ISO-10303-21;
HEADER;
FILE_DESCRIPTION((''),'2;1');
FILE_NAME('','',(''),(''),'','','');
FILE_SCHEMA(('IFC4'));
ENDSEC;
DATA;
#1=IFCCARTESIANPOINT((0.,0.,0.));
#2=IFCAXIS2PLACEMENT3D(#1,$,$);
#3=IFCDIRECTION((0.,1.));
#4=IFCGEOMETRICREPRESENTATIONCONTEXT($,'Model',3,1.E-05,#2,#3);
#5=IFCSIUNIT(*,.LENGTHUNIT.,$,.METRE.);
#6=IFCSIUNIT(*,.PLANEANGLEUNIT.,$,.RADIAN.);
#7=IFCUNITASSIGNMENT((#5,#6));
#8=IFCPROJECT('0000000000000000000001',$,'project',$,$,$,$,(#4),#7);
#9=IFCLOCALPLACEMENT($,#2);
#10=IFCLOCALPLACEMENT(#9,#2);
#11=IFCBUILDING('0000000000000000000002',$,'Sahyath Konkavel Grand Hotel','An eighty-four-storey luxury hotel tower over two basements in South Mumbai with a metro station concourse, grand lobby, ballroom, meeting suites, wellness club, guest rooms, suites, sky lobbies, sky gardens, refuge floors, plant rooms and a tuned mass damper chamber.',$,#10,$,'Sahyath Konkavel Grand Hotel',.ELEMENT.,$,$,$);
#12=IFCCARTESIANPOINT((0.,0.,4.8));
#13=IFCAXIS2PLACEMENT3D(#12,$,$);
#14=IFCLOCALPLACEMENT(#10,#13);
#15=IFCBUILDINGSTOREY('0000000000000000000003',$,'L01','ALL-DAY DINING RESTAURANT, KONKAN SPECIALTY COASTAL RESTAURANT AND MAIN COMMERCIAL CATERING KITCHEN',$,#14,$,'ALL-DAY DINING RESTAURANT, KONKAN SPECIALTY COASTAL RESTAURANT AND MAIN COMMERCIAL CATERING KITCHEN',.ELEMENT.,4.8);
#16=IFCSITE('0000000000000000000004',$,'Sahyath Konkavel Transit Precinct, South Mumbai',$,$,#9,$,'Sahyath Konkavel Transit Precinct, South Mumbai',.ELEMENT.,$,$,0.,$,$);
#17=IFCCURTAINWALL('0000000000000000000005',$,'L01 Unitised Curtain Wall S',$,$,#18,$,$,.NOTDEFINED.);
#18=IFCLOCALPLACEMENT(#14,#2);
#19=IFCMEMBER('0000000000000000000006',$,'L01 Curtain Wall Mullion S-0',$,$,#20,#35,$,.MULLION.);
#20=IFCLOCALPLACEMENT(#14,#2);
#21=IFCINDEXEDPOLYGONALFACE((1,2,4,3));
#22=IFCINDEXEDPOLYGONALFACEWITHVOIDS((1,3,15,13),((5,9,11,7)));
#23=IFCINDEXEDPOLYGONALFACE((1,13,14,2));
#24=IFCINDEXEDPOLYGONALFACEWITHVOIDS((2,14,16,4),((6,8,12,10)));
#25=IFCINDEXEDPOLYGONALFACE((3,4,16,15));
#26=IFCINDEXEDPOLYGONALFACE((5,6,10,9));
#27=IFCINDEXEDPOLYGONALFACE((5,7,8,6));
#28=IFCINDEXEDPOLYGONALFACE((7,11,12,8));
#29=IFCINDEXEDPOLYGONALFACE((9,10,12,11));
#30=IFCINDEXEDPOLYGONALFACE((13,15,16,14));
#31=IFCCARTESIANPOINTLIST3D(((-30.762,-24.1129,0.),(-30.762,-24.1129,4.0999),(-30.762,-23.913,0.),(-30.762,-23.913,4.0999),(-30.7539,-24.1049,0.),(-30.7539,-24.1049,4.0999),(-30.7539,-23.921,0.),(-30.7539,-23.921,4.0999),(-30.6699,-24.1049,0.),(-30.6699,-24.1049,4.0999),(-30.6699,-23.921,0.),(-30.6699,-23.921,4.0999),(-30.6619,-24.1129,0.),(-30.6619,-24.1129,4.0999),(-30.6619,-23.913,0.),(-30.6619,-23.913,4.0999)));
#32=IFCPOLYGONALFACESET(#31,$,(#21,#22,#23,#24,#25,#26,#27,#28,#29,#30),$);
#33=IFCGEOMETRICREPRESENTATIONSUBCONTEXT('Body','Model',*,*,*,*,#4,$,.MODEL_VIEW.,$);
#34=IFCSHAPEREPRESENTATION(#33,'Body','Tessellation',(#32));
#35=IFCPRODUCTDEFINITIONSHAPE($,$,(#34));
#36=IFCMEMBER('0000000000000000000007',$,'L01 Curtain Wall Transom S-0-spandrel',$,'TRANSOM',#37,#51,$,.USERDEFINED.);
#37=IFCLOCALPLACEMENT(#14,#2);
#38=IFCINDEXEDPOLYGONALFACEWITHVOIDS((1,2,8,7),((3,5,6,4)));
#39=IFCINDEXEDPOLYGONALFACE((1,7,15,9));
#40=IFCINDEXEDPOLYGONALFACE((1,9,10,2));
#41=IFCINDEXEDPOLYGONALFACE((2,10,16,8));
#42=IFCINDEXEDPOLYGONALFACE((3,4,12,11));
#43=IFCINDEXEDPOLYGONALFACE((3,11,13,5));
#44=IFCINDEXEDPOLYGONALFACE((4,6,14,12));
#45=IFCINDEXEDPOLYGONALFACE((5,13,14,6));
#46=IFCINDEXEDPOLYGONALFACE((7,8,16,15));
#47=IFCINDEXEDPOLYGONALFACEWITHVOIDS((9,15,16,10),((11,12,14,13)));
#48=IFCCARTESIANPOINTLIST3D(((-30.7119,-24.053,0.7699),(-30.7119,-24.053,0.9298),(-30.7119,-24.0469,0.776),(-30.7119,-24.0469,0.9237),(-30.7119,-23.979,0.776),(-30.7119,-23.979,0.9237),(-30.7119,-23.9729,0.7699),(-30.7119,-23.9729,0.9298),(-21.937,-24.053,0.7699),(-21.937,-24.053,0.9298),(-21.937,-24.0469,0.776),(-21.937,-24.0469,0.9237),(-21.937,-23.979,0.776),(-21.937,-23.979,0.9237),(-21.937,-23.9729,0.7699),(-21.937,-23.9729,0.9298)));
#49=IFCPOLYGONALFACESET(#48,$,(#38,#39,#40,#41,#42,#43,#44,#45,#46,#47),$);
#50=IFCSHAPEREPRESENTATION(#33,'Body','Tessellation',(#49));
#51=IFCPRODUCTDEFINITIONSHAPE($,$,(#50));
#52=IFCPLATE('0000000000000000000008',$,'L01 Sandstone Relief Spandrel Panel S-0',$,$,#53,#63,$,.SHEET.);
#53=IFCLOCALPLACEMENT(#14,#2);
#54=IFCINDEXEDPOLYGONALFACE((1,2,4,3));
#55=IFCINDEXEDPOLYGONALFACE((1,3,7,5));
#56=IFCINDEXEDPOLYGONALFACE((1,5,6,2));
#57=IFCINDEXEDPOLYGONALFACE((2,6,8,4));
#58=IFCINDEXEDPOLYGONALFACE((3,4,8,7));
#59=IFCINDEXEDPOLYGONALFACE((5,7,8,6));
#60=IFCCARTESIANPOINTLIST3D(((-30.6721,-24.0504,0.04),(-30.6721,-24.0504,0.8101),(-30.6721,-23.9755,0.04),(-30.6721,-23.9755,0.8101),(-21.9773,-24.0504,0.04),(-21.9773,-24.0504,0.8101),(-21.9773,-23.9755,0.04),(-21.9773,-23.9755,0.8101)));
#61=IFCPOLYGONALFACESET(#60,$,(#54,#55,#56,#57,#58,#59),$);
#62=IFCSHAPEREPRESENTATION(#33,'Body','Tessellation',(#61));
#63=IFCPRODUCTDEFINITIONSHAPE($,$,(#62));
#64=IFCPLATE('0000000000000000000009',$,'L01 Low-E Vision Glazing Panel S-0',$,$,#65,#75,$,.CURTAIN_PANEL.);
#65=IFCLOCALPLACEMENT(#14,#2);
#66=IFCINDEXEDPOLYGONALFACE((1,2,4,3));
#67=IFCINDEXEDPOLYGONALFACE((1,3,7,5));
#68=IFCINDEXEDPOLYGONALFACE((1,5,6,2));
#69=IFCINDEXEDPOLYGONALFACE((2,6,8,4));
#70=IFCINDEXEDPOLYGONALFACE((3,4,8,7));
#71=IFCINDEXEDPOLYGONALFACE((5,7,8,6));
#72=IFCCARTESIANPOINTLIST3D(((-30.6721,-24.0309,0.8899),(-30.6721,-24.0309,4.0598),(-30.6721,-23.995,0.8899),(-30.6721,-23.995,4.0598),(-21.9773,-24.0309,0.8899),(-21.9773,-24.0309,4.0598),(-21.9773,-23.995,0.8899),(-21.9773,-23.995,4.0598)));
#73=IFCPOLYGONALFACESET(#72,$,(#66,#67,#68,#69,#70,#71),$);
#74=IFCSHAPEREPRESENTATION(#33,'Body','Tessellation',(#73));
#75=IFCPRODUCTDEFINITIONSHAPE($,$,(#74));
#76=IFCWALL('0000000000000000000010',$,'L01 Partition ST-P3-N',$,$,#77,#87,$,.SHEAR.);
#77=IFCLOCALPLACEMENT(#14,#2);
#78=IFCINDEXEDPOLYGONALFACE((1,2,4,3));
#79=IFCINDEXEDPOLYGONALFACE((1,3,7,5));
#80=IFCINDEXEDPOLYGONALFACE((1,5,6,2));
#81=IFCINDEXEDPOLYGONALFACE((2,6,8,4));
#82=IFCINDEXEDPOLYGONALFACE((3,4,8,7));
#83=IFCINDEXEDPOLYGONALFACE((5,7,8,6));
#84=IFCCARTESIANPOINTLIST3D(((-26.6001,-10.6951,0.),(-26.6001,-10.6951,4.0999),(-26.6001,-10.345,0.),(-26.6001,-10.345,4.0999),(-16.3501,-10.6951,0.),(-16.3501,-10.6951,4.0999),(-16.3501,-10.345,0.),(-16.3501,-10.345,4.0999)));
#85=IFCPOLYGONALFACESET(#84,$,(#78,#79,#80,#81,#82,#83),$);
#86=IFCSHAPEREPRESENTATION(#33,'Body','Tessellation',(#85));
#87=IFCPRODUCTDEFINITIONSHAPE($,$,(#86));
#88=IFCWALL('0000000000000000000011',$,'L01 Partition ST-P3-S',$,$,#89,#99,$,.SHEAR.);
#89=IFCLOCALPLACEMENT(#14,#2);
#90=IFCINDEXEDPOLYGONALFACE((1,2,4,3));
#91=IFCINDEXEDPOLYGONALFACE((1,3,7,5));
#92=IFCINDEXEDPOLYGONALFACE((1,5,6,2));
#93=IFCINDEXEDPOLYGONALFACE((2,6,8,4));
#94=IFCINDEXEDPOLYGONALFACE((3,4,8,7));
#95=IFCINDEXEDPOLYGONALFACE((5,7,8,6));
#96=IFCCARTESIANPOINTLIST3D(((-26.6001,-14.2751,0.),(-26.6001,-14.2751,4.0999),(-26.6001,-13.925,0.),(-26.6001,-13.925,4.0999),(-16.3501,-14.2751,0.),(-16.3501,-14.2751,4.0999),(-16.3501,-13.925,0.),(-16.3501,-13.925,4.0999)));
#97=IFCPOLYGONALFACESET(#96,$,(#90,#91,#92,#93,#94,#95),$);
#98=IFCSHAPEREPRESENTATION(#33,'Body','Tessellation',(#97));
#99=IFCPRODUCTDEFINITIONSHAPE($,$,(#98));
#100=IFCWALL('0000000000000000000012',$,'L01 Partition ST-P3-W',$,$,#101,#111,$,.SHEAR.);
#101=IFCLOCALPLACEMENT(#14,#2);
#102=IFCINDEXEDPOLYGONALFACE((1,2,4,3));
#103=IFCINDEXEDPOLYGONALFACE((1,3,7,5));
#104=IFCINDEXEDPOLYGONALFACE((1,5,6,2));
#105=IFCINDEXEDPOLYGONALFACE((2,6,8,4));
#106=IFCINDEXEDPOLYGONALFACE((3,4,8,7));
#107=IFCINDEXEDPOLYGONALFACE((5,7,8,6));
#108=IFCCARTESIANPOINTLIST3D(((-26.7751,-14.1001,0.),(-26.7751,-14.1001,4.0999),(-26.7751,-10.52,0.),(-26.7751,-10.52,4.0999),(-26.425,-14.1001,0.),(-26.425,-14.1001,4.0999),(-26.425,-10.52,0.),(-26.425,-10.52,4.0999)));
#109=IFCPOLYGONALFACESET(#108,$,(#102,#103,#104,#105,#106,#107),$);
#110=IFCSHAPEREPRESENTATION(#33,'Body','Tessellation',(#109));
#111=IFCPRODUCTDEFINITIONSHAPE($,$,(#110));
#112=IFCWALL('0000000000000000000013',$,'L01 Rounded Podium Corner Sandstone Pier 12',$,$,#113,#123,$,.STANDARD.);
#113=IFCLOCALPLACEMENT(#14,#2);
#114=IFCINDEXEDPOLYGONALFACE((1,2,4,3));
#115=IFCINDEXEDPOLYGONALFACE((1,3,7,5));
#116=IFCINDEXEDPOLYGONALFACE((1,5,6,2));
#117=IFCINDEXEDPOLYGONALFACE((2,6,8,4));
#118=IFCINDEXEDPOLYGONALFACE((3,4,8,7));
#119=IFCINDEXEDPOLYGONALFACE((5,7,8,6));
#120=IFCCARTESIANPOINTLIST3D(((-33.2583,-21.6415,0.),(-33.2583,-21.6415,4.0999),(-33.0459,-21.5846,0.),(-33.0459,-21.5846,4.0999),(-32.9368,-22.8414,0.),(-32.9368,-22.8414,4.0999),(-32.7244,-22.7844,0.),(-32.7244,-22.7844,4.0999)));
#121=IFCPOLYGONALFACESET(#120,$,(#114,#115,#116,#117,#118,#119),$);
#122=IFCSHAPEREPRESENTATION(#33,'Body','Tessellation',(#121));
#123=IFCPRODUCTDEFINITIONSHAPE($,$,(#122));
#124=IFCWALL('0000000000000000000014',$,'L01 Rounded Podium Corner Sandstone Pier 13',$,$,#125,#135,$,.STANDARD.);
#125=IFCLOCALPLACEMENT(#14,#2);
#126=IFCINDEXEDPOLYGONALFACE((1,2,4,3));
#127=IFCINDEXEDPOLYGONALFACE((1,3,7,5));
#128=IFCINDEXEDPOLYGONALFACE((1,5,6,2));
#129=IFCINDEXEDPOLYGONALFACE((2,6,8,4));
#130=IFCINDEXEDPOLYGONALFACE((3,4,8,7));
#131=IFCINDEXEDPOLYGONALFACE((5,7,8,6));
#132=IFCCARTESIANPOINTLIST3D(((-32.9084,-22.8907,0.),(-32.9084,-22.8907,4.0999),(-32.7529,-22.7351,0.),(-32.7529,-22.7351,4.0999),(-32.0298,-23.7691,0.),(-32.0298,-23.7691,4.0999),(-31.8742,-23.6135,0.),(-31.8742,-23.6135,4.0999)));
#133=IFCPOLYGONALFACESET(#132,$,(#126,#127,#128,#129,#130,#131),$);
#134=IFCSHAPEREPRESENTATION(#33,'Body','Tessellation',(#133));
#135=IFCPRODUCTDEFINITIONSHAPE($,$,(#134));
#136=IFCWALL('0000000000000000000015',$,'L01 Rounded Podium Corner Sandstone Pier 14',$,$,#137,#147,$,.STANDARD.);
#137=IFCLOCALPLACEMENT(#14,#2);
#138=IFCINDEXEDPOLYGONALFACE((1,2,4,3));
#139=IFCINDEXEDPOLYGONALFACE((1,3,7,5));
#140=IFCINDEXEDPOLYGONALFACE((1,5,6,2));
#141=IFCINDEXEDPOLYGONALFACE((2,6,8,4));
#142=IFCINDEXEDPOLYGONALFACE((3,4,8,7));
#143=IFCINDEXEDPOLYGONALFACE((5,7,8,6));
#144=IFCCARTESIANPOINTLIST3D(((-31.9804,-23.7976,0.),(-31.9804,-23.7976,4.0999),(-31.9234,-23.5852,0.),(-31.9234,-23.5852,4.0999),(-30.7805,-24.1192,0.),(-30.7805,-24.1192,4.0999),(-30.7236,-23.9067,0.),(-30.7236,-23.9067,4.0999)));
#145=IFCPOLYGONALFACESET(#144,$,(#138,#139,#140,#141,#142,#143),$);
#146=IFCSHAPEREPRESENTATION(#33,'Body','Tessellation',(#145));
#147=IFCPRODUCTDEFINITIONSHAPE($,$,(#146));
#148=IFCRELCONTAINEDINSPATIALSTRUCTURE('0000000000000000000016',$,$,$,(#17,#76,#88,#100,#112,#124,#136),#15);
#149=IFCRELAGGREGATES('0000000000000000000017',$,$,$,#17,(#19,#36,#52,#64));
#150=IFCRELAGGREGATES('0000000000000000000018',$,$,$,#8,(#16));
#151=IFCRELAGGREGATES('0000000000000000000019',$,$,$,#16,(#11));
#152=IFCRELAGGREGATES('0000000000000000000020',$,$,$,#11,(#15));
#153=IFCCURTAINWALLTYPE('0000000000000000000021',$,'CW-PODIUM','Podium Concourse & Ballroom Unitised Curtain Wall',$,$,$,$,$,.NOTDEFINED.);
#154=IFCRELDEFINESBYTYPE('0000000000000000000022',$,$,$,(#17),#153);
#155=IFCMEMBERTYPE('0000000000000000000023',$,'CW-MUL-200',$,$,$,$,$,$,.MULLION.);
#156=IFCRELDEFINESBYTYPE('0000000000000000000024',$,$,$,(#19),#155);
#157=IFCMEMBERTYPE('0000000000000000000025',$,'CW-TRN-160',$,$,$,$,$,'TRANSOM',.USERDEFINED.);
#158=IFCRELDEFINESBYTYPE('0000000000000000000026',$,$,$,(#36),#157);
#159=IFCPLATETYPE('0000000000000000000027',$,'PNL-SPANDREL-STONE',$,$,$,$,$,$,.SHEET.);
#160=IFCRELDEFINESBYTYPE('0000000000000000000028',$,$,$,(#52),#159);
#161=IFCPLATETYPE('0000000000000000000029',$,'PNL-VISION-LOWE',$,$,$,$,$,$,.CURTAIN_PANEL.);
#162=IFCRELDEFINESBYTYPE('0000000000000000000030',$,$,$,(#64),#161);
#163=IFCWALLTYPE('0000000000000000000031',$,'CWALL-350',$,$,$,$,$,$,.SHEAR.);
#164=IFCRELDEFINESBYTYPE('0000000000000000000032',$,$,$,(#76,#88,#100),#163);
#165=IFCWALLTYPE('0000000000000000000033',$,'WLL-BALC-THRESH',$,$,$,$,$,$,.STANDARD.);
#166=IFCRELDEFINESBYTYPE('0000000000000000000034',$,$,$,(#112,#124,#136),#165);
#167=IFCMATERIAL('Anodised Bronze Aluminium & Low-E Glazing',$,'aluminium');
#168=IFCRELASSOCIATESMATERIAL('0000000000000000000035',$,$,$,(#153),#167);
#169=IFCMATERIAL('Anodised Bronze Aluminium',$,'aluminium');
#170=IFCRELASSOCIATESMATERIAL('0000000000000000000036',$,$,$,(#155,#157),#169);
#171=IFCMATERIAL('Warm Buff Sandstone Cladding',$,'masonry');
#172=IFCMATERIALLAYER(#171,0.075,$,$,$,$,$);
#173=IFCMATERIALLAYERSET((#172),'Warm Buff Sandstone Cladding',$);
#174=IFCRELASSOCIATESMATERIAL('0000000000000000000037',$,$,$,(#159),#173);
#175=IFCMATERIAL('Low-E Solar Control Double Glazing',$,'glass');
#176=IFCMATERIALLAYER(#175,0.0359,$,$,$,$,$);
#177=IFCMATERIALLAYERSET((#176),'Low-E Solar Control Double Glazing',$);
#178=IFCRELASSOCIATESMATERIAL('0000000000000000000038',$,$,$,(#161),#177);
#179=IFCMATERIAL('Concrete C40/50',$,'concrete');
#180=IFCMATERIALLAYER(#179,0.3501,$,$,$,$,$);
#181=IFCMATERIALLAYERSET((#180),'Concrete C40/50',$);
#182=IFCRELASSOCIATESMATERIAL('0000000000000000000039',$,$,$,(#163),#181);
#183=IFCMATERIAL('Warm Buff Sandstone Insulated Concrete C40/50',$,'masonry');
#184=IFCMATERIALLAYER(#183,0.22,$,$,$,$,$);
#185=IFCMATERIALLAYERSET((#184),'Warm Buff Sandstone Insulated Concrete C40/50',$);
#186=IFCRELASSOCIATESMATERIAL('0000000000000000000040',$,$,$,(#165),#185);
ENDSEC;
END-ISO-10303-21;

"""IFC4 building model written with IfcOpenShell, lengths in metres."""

from ifc_helpers import new_model, si_unit, direction, frame, frame_2d, origin, origin_2d, place, context, subcontext, project, spatial, rectangle, hollow_rectangle, extrude, source, transform, mapped, material, layer, layer_set, material_profile, profile_set, type_object, element, aggregate, save


model = new_model("IFC4")

# Units and contexts
model_context = context("Model", 3, precision=1e-05, world=origin(), true_north=direction((0.0, 1.0)))
body_context = subcontext(model_context, "Body", "Model", "MODEL_VIEW")
ifc_project = project(units=[si_unit("LENGTHUNIT", "METRE"), si_unit("PLANEANGLEUNIT", "RADIAN")], contexts=[model_context])

# Site, building, storey
site_placement = place(None, origin())
site = spatial("IfcSite", under=ifc_project, at=site_placement, Name="Sahyath Konkavel Transit Precinct, South Mumbai", LongName="Sahyath Konkavel Transit Precinct, South Mumbai", CompositionType="ELEMENT", RefElevation=0.0)
building_placement = place(site_placement, origin())
building = spatial("IfcBuilding", under=site, at=building_placement, Name="Sahyath Konkavel Grand Hotel", Description="An eighty-four-storey luxury hotel tower over two basements in South Mumbai with a metro station concourse, grand lobby, ballroom, meeting suites, wellness club, guest rooms, suites, sky lobbies, sky gardens, refuge floors, plant rooms and a tuned mass damper chamber.", LongName="Sahyath Konkavel Grand Hotel", CompositionType="ELEMENT")
storey_placement = place(building_placement, frame((0.0, 0.0, 4.8)))
storey = spatial("IfcBuildingStorey", under=building, at=storey_placement, Name="L01", Description="ALL-DAY DINING RESTAURANT, KONKAN SPECIALTY COASTAL RESTAURANT AND MAIN COMMERCIAL CATERING KITCHEN", LongName="ALL-DAY DINING RESTAURANT, KONKAN SPECIALTY COASTAL RESTAURANT AND MAIN COMMERCIAL CATERING KITCHEN", CompositionType="ELEMENT", Elevation=4.8)

# Curtain wall, members, plates
ifc_material_1 = material(Name="Anodised Bronze Aluminium & Low-E Glazing", Category="aluminium")
curtain_wall_type = type_object("IfcCurtainWallType", Name="CW-PODIUM", Description="Podium Concourse & Ballroom Unitised Curtain Wall", PredefinedType="NOTDEFINED", material=ifc_material_1)
curtain_wall_placement = place(storey_placement, origin())
curtain_wall = element("IfcCurtainWall", 1, at=curtain_wall_placement, inside=storey, type_object=curtain_wall_type, Name="L01 Unitised Curtain Wall S", PredefinedType="NOTDEFINED")
ifc_material_2 = material(Name="Anodised Bronze Aluminium", Category="aluminium")
ifc_material_profile_1 = material_profile(ifc_material_2, hollow_rectangle(XDim=0.1001, YDim=0.2, WallThickness=0.0081, at=origin_2d()), Name="RHS 200x100x8")
ifc_profile_set_1 = profile_set([ifc_material_profile_1], Name="Anodised Bronze Aluminium")
member_type_1 = type_object("IfcMemberType", Name="CW-MUL-200", PredefinedType="MULLION", material=ifc_profile_set_1)
shared_shape_1 = source(origin(), body_context, "Body", "SweptSolid", [
    extrude(hollow_rectangle(XDim=0.1001, YDim=0.2, WallThickness=0.0081, at=origin_2d()), origin(), (0.0, 0.0, 1.0), 4.0999),
])
member_1_placement = place(storey_placement, frame((-30.7119, -24.0129, 0.0), z_axis=(0.0, 0.0, 1.0), x_axis=(1.0, 0.0, 0.0)))
member_1 = element("IfcMember", 2, at=member_1_placement, type_object=member_type_1, Name="L01 Curtain Wall Mullion S-0", PredefinedType="MULLION", context=body_context, shape_type="MappedRepresentation", body=[
    mapped(shared_shape_1, transform((0.0, 0.0, 0.0), scale=1.0)),
])
ifc_material_profile_2 = material_profile(ifc_material_2, hollow_rectangle(XDim=0.0801, YDim=0.1599, WallThickness=0.0061, at=origin_2d()), Name="RHS 160x80x6")
ifc_profile_set_2 = profile_set([ifc_material_profile_2], Name="Anodised Bronze Aluminium")
member_type_2 = type_object("IfcMemberType", Name="CW-TRN-160", ElementType="TRANSOM", PredefinedType="USERDEFINED", material=ifc_profile_set_2)
shared_shape_2 = source(origin(), body_context, "Body", "SweptSolid", [
    extrude(hollow_rectangle(XDim=0.0801, YDim=0.1599, WallThickness=0.0061, at=origin_2d()), origin(), (0.0, 0.0, 1.0), 8.7749),
])
member_2_placement = place(storey_placement, frame((-30.7119, -24.0129, 0.8499), z_axis=(1.0, 0.0, 0.0), x_axis=(0.0, 1.0, 0.0)))
member_2 = element("IfcMember", 3, at=member_2_placement, type_object=member_type_2, Name="L01 Curtain Wall Transom S-0-spandrel", ObjectType="TRANSOM", PredefinedType="USERDEFINED", context=body_context, shape_type="MappedRepresentation", body=[
    mapped(shared_shape_2, transform((0.0, 0.0, 0.0), scale=1.0)),
])
ifc_material_3 = material(Name="Warm Buff Sandstone Cladding", Category="masonry")
ifc_layer_1 = layer(ifc_material_3, 0.075)
ifc_layer_set_1 = layer_set([ifc_layer_1], Name="Warm Buff Sandstone Cladding")
plate_type_1 = type_object("IfcPlateType", Name="PNL-SPANDREL-STONE", PredefinedType="SHEET", material=ifc_layer_set_1)
shared_shape_3 = source(origin(), body_context, "Body", "SweptSolid", [
    extrude(rectangle(XDim=8.6948, YDim=0.075, at=origin_2d()), origin(), (0.0, 0.0, 1.0), 0.77),
])
plate_1_placement = place(storey_placement, frame((-26.3247, -24.0129, 0.04), z_axis=(0.0, 0.0, 1.0), x_axis=(1.0, 0.0, 0.0)))
plate_1 = element("IfcPlate", 4, at=plate_1_placement, type_object=plate_type_1, Name="L01 Sandstone Relief Spandrel Panel S-0", PredefinedType="SHEET", context=body_context, shape_type="MappedRepresentation", body=[
    mapped(shared_shape_3, transform((0.0, 0.0, 0.0), scale=1.0)),
])
ifc_material_4 = material(Name="Low-E Solar Control Double Glazing", Category="glass")
ifc_layer_2 = layer(ifc_material_4, 0.0359)
ifc_layer_set_2 = layer_set([ifc_layer_2], Name="Low-E Solar Control Double Glazing")
plate_type_2 = type_object("IfcPlateType", Name="PNL-VISION-LOWE", PredefinedType="CURTAIN_PANEL", material=ifc_layer_set_2)
shared_shape_4 = source(origin(), body_context, "Body", "SweptSolid", [
    extrude(rectangle(XDim=8.6948, YDim=0.0359, at=origin_2d()), origin(), (0.0, 0.0, 1.0), 3.1699),
])
plate_2_placement = place(storey_placement, frame((-26.3247, -24.0129, 0.8899), z_axis=(0.0, 0.0, 1.0), x_axis=(1.0, 0.0, 0.0)))
plate_2 = element("IfcPlate", 5, at=plate_2_placement, type_object=plate_type_2, Name="L01 Low-E Vision Glazing Panel S-0", PredefinedType="CURTAIN_PANEL", context=body_context, shape_type="MappedRepresentation", body=[
    mapped(shared_shape_4, transform((0.0, 0.0, 0.0), scale=1.0)),
])
aggregate(curtain_wall, [member_1, member_2, plate_1, plate_2])

# Walls
ifc_material_5 = material(Name="Concrete C40/50", Category="concrete")
ifc_layer_3 = layer(ifc_material_5, 0.3501)
ifc_layer_set_3 = layer_set([ifc_layer_3], Name="Concrete C40/50")
wall_type_1 = type_object("IfcWallType", Name="CWALL-350", PredefinedType="SHEAR", material=ifc_layer_set_3)
for number, where, z_axis, x_axis, name in (
    (6, (-26.6001, -10.52, 0.0), (0.0, 0.0, 1.0), (1.0, 0.0, 0.0), "L01 Partition ST-P3-N"),
    (7, (-26.6001, -14.1001, 0.0), (0.0, 0.0, 1.0), (1.0, 0.0, 0.0), "L01 Partition ST-P3-S"),
):
    element("IfcWall", number, at=place(storey_placement, frame(where, z_axis=z_axis, x_axis=x_axis)), inside=storey, type_object=wall_type_1, Name=name, PredefinedType="SHEAR", context=body_context, shape_type="SweptSolid", body=[
        extrude(rectangle(XDim=10.25, YDim=0.3501, at=frame_2d((5.125, 0.0))), origin(), (0.0, 0.0, 1.0), 4.0999),
    ])
wall_1_placement = place(storey_placement, frame((-26.6001, -14.1001, 0.0), z_axis=(0.0, 0.0, 1.0), x_axis=(0.0, 1.0, 0.0)))
element("IfcWall", 8, at=wall_1_placement, inside=storey, type_object=wall_type_1, Name="L01 Partition ST-P3-W", PredefinedType="SHEAR", context=body_context, shape_type="SweptSolid", body=[
    extrude(rectangle(XDim=3.5801, YDim=0.3501, at=frame_2d((1.79, 0.0))), origin(), (0.0, 0.0, 1.0), 4.0999),
])
ifc_material_6 = material(Name="Warm Buff Sandstone Insulated Concrete C40/50", Category="masonry")
ifc_layer_4 = layer(ifc_material_6, 0.22)
ifc_layer_set_4 = layer_set([ifc_layer_4], Name="Warm Buff Sandstone Insulated Concrete C40/50")
wall_type_2 = type_object("IfcWallType", Name="WLL-BALC-THRESH", PredefinedType="STANDARD", material=ifc_layer_set_4)
wall_2_placement = place(storey_placement, frame((-33.1521, -21.613, 0.0), z_axis=(0.0, 0.0, 1.0), x_axis=(0.258824, -0.965924, 0.0)))
element("IfcWall", 9, at=wall_2_placement, inside=storey, type_object=wall_type_2, Name="L01 Rounded Podium Corner Sandstone Pier 12", PredefinedType="STANDARD", context=body_context, shape_type="SweptSolid", body=[
    extrude(rectangle(XDim=1.2422, YDim=0.22, at=frame_2d((0.6211, 0.0))), origin(), (0.0, 0.0, 1.0), 4.0999),
])
wall_3_placement = place(storey_placement, frame((-32.8306, -22.813, 0.0), z_axis=(0.0, 0.0, 1.0), x_axis=(0.707205, -0.707009, 0.0)))
element("IfcWall", 10, at=wall_3_placement, inside=storey, type_object=wall_type_2, Name="L01 Rounded Podium Corner Sandstone Pier 13", PredefinedType="STANDARD", context=body_context, shape_type="SweptSolid", body=[
    extrude(rectangle(XDim=1.2424, YDim=0.22, at=frame_2d((0.6211, 0.0))), origin(), (0.0, 0.0, 1.0), 4.0999),
])
wall_4_placement = place(storey_placement, frame((-31.9519, -23.6914, 0.0), z_axis=(0.0, 0.0, 1.0), x_axis=(0.965924, -0.258824, 0.0)))
element("IfcWall", 11, at=wall_4_placement, inside=storey, type_object=wall_type_2, Name="L01 Rounded Podium Corner Sandstone Pier 14", PredefinedType="STANDARD", context=body_context, shape_type="SweptSolid", body=[
    extrude(rectangle(XDim=1.2422, YDim=0.22, at=frame_2d((0.6211, 0.0))), origin(), (0.0, 0.0, 1.0), 4.0999),
])

save(model, "model.ifc")
